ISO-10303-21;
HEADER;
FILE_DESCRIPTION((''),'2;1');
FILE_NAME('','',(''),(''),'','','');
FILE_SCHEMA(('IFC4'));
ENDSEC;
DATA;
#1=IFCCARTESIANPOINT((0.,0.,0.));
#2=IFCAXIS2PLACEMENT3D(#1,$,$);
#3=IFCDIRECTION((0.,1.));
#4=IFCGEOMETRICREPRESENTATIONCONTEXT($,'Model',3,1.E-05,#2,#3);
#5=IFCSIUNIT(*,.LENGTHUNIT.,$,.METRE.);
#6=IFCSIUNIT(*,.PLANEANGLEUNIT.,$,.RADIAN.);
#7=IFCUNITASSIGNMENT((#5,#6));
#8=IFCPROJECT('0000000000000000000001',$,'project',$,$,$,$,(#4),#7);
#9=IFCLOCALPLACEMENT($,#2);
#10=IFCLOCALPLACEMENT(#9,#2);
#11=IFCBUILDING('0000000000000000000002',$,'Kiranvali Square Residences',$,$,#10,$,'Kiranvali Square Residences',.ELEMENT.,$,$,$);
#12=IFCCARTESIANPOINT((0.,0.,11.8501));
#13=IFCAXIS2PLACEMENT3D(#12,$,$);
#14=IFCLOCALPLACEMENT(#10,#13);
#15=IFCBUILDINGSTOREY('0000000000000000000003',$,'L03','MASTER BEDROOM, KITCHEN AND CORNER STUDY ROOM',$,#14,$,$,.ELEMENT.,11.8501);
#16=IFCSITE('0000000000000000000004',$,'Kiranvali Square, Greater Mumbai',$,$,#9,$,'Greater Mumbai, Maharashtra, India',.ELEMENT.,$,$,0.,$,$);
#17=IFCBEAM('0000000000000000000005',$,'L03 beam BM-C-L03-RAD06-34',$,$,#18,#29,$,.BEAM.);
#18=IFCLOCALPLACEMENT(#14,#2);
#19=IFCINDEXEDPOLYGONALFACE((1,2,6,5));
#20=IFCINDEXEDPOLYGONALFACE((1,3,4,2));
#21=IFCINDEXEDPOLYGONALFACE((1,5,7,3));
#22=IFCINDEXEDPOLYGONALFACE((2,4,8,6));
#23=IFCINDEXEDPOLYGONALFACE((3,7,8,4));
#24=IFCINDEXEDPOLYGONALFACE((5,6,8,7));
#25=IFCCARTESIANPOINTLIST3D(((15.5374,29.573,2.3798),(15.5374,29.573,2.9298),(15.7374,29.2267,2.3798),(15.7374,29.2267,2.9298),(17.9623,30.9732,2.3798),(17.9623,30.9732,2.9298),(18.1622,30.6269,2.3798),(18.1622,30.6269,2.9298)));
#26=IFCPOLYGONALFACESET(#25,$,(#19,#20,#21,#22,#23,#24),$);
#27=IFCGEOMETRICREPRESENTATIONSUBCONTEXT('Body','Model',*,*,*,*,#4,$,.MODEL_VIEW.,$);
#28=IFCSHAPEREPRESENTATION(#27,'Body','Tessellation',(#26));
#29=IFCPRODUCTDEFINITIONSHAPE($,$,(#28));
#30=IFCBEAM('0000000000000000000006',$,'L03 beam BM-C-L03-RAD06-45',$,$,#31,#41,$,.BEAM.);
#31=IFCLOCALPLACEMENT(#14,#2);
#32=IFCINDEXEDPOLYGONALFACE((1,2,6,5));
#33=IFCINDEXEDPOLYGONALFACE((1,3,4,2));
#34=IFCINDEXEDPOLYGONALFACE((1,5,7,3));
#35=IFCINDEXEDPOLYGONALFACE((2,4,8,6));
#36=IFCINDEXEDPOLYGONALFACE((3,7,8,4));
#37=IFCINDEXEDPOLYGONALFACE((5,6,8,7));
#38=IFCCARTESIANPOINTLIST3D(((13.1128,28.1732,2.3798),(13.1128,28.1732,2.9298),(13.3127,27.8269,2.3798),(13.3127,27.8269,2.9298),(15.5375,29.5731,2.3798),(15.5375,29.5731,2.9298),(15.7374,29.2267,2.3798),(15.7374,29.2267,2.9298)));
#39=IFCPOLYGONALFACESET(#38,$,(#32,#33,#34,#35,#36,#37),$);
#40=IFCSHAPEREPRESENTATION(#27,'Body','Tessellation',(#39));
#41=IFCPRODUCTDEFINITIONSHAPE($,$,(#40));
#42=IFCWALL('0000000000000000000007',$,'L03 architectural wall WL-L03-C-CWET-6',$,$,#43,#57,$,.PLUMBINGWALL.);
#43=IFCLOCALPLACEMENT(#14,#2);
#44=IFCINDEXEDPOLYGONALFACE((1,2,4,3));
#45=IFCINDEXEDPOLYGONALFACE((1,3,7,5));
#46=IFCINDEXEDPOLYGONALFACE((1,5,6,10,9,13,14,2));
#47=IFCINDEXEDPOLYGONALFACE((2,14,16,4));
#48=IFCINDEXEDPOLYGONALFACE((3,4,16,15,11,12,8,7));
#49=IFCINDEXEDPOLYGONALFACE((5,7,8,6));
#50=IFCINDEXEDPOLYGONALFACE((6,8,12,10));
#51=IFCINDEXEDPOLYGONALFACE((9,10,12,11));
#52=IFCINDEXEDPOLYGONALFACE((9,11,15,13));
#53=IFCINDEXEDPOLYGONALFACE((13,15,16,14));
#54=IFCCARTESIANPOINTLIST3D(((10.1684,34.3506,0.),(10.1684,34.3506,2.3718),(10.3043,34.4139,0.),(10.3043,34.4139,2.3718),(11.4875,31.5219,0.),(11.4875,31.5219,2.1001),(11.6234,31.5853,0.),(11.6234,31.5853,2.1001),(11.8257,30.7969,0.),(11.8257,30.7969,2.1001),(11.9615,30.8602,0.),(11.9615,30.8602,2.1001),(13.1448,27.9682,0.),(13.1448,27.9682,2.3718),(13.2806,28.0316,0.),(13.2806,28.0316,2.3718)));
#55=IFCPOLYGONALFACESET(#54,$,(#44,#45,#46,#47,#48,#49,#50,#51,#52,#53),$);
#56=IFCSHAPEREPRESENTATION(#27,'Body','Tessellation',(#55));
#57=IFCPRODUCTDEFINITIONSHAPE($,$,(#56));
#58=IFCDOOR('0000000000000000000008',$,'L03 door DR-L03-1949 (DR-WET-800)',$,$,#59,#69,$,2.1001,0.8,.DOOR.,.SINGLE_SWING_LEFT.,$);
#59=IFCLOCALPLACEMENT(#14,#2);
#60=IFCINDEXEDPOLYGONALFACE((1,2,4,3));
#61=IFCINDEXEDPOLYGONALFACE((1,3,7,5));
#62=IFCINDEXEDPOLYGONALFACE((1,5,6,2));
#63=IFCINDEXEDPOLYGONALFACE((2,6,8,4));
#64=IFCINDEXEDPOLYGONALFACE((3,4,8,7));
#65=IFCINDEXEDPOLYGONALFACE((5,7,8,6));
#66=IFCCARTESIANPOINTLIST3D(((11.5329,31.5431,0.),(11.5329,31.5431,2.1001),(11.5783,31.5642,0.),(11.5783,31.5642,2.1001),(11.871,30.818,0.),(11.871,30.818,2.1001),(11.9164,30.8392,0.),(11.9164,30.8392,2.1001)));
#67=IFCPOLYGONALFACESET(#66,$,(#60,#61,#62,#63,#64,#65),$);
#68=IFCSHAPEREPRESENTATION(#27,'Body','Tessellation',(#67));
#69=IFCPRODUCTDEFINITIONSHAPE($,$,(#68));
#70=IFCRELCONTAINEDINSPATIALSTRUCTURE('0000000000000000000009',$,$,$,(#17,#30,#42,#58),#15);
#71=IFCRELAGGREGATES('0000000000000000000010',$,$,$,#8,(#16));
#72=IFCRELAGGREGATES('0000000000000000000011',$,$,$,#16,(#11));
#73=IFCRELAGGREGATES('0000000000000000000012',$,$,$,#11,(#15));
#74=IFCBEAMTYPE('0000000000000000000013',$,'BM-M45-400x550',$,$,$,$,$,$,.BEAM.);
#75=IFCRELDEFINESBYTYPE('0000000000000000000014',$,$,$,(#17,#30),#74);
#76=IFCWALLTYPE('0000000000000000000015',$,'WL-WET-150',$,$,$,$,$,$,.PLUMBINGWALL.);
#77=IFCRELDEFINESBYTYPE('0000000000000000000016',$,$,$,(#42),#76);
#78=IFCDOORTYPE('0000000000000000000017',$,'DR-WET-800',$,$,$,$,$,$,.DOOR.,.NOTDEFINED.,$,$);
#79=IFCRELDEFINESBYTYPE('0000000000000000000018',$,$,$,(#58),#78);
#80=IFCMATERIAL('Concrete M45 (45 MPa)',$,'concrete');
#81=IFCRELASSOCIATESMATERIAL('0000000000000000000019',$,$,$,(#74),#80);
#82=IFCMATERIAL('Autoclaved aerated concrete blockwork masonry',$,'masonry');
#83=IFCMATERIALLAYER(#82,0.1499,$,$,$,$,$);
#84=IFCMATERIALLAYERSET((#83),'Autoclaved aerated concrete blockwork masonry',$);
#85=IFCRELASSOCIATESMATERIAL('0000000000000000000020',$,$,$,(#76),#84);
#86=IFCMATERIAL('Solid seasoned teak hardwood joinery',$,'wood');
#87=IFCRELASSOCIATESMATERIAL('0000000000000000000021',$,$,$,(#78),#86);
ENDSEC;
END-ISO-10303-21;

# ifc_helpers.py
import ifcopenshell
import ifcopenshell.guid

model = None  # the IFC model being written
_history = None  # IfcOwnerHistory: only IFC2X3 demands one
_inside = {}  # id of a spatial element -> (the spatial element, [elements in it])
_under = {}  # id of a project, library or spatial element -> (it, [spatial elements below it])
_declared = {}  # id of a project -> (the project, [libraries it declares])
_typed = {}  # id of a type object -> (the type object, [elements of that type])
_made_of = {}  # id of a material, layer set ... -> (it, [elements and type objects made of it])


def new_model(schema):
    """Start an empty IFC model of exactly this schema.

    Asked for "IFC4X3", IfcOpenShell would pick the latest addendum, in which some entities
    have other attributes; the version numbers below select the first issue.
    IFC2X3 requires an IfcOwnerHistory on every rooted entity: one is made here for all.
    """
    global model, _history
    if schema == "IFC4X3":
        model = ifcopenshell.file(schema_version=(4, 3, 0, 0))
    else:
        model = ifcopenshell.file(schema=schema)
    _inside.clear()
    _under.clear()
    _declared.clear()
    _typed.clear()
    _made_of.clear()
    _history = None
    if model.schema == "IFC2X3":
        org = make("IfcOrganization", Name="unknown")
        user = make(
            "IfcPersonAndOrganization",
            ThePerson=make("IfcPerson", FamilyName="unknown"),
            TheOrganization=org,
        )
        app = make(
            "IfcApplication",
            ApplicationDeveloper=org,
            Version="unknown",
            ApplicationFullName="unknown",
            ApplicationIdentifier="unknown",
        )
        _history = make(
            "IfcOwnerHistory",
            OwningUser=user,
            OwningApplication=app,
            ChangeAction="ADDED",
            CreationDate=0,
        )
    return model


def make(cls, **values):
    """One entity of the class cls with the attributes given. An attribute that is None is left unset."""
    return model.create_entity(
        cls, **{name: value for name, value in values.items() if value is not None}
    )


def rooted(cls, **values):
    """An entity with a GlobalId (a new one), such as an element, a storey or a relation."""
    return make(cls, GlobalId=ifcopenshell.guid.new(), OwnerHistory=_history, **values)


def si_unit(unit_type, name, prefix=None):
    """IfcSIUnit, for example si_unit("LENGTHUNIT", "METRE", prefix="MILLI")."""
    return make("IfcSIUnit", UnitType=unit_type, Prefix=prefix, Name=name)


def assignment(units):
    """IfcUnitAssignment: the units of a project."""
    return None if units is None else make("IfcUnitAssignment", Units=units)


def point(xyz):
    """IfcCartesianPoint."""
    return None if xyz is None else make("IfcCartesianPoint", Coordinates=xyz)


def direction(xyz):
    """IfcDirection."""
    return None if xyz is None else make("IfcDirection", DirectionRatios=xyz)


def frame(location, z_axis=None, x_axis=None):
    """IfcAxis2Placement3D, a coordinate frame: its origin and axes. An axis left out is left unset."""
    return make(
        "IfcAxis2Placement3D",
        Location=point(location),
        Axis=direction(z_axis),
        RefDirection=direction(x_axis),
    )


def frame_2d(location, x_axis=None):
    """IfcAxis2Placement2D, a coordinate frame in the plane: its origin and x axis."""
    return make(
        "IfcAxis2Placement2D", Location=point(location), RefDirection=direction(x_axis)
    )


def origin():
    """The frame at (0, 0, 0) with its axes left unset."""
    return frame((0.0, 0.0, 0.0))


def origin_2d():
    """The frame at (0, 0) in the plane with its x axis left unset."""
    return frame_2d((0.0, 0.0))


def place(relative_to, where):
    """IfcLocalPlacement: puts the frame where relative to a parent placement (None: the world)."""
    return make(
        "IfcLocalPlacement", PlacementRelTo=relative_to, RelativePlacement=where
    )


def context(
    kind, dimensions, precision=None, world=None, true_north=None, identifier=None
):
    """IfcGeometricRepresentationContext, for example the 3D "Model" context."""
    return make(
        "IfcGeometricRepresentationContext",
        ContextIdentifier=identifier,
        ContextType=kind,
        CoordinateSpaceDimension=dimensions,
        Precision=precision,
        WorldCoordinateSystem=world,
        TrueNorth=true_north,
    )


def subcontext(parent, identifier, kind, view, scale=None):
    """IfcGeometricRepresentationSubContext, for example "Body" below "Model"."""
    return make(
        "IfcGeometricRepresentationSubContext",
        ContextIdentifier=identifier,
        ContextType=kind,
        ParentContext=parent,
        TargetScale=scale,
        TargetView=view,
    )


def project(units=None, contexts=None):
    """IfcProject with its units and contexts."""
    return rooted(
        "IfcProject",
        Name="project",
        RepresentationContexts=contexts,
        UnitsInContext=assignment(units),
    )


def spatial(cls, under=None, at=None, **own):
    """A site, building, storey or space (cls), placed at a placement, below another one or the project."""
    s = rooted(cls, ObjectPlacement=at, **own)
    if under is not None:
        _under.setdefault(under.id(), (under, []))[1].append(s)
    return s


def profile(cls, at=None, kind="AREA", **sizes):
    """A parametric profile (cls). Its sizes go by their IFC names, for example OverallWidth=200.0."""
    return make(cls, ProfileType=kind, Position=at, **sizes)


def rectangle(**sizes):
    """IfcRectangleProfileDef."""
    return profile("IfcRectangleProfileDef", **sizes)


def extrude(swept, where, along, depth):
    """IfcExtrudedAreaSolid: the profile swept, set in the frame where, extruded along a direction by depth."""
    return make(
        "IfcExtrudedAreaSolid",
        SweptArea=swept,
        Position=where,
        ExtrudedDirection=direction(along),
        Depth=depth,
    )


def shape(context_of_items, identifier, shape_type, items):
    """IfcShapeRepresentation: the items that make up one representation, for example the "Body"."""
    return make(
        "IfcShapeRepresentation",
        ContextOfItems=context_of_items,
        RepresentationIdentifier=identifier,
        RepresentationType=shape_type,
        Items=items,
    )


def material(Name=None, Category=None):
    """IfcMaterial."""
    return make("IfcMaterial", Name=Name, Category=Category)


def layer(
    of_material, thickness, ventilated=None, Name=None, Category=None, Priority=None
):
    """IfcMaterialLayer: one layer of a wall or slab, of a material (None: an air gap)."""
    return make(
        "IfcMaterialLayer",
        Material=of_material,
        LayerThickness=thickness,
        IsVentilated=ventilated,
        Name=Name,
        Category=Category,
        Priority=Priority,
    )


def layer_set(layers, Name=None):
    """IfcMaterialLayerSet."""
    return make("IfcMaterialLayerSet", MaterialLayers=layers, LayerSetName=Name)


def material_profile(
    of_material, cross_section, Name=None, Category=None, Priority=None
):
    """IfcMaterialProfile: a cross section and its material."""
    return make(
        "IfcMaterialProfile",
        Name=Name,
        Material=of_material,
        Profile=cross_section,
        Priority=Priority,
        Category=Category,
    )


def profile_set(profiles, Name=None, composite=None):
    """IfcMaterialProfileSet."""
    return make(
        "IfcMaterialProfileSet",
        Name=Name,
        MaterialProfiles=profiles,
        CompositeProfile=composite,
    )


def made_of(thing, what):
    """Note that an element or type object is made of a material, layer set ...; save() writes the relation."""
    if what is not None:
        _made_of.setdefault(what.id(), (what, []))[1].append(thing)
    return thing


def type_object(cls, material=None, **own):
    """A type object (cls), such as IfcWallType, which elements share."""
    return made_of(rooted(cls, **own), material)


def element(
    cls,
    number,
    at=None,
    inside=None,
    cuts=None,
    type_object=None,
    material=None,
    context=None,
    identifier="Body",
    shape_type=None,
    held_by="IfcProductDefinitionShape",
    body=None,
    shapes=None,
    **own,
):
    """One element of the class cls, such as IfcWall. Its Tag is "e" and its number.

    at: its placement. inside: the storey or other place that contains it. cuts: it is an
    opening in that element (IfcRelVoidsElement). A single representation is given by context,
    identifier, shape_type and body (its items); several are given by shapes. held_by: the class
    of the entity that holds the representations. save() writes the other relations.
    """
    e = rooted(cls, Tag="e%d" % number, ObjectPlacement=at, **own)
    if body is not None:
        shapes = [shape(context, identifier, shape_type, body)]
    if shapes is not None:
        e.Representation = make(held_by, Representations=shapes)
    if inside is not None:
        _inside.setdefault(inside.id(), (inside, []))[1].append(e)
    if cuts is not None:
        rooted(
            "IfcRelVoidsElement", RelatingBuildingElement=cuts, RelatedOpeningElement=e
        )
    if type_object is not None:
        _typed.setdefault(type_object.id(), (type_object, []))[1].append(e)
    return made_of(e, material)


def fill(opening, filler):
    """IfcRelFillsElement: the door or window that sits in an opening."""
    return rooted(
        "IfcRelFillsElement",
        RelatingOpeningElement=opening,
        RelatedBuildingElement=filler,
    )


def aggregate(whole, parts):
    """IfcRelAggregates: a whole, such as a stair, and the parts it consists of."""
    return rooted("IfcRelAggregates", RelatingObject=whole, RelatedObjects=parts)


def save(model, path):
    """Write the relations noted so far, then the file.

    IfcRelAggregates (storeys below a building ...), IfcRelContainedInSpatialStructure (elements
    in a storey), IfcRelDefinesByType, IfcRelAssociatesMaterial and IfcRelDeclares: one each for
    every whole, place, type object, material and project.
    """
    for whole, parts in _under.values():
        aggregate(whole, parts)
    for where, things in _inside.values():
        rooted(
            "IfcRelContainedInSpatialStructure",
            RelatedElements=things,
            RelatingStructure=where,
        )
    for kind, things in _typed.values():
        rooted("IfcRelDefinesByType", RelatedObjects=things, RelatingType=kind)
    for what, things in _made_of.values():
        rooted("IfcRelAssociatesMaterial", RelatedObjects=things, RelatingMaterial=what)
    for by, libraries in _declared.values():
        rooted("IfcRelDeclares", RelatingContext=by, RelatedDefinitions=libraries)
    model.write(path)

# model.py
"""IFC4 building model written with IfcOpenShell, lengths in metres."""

from ifc_helpers import new_model, si_unit, direction, frame, frame_2d, origin, origin_2d, place, context, subcontext, project, spatial, rectangle, extrude, material, layer, layer_set, material_profile, profile_set, type_object, element, fill, save


model = new_model("IFC4")

# Units and contexts
model_context = context("Model", 3, precision=1e-05, world=origin(), true_north=direction((0.0, 1.0)))
body_context = subcontext(model_context, "Body", "Model", "MODEL_VIEW")
ifc_project = project(units=[si_unit("LENGTHUNIT", "METRE"), si_unit("PLANEANGLEUNIT", "RADIAN")], contexts=[model_context])

# Site, building, storey
site_placement = place(None, origin())
site = spatial("IfcSite", under=ifc_project, at=site_placement, Name="Kiranvali Square, Greater Mumbai", LongName="Greater Mumbai, Maharashtra, India", CompositionType="ELEMENT", RefElevation=0.0)
building_placement = place(site_placement, origin())
building = spatial("IfcBuilding", under=site, at=building_placement, Name="Kiranvali Square Residences", LongName="Kiranvali Square Residences", CompositionType="ELEMENT")
storey_placement = place(building_placement, frame((0.0, 0.0, 11.8501)))
storey = spatial("IfcBuildingStorey", under=building, at=storey_placement, Name="L03", Description="MASTER BEDROOM, KITCHEN AND CORNER STUDY ROOM", CompositionType="ELEMENT", Elevation=11.8501)

# Beams
ifc_material_1 = material(Name="Concrete M45 (45 MPa)", Category="concrete")
ifc_material_profile_1 = material_profile(ifc_material_1, rectangle(XDim=0.3999, YDim=0.55, at=origin_2d()), Name="RC 400x550")
ifc_profile_set_1 = profile_set([ifc_material_profile_1], Name="Concrete M45 (45 MPa)")
beam_type = type_object("IfcBeamType", Name="BM-M45-400x550", PredefinedType="BEAM", material=ifc_profile_set_1)
for number, where, z_axis, x_axis, name in (
    (1, (18.0623, 30.8, 2.6548), (-0.865997, -0.50005, 0.0), (0.50005, -0.865997, 0.0), "L03 beam BM-C-L03-RAD06-34"),
):
    element("IfcBeam", number, at=place(storey_placement, frame(where, z_axis=z_axis, x_axis=x_axis)), inside=storey, type_object=beam_type, Name=name, PredefinedType="BEAM", context=body_context, shape_type="SweptSolid", body=[
        extrude(rectangle(XDim=0.3999, YDim=0.55, at=origin_2d()), origin(), (0.0, 0.0, 1.0), 2.8),
    ])
beam_1_placement = place(storey_placement, frame((15.6375, 29.3999, 2.6548), z_axis=(-0.866035, -0.499984, 0.0), x_axis=(0.499984, -0.866035, 0.0)))
element("IfcBeam", 2, at=beam_1_placement, inside=storey, type_object=beam_type, Name="L03 beam BM-C-L03-RAD06-45", PredefinedType="BEAM", context=body_context, shape_type="SweptSolid", body=[
    extrude(rectangle(XDim=0.3999, YDim=0.55, at=origin_2d()), origin(), (0.0, 0.0, 1.0), 2.7998),
])

# Wall, opening, door
ifc_material_2 = material(Name="Autoclaved aerated concrete blockwork masonry", Category="masonry")
ifc_layer = layer(ifc_material_2, 0.1499)
ifc_layer_set = layer_set([ifc_layer], Name="Autoclaved aerated concrete blockwork masonry")
wall_type = type_object("IfcWallType", Name="WL-WET-150", PredefinedType="PLUMBINGWALL", material=ifc_layer_set)
wall_placement = place(storey_placement, frame((13.2126, 28.0, 0.0), z_axis=(0.0, 0.0, 1.0), x_axis=(-0.422641, 0.906297, 0.0)))
wall = element("IfcWall", 3, at=wall_placement, inside=storey, type_object=wall_type, Name="L03 architectural wall WL-L03-C-CWET-6", PredefinedType="PLUMBINGWALL", context=body_context, shape_type="SweptSolid", body=[
    extrude(rectangle(XDim=7.0422, YDim=0.1499, at=frame_2d((3.521, 0.0))), origin(), (0.0, 0.0, 1.0), 2.3718),
])
opening_placement = place(wall_placement, frame((3.1211, 0.0, 0.0)))
opening = element("IfcOpeningElement", 4, at=opening_placement, cuts=wall, PredefinedType="OPENING", context=body_context, shape_type="SweptSolid", body=[
    extrude(rectangle(XDim=0.8, YDim=2.1001, at=frame_2d((0.3999, 1.05))), frame((0.0, 0.085, 0.0), z_axis=(0.0, -1.0, 0.0), x_axis=(1.0, 0.0, 0.0)), (0.0, 0.0, 1.0), 0.1699),
])
ifc_material_3 = material(Name="Solid seasoned teak hardwood joinery", Category="wood")
door_type = type_object("IfcDoorType", Name="DR-WET-800", OperationType="NOTDEFINED", PredefinedType="DOOR", material=ifc_material_3)
door_placement = place(opening_placement, origin())
door = element("IfcDoor", 5, at=door_placement, inside=storey, type_object=door_type, Name="L03 door DR-L03-1949 (DR-WET-800)", OperationType="SINGLE_SWING_LEFT", OverallHeight=2.1001, OverallWidth=0.8, PredefinedType="DOOR", context=body_context, shape_type="SweptSolid", body=[
    extrude(rectangle(XDim=0.8, YDim=2.1001, at=frame_2d((0.3999, 1.05))), frame((0.0, 0.0249, 0.0), z_axis=(0.0, -1.0, 0.0), x_axis=(1.0, 0.0, 0.0)), (0.0, 0.0, 1.0), 0.05),
])
fill(opening, door)

save(model, "model.ifc")
